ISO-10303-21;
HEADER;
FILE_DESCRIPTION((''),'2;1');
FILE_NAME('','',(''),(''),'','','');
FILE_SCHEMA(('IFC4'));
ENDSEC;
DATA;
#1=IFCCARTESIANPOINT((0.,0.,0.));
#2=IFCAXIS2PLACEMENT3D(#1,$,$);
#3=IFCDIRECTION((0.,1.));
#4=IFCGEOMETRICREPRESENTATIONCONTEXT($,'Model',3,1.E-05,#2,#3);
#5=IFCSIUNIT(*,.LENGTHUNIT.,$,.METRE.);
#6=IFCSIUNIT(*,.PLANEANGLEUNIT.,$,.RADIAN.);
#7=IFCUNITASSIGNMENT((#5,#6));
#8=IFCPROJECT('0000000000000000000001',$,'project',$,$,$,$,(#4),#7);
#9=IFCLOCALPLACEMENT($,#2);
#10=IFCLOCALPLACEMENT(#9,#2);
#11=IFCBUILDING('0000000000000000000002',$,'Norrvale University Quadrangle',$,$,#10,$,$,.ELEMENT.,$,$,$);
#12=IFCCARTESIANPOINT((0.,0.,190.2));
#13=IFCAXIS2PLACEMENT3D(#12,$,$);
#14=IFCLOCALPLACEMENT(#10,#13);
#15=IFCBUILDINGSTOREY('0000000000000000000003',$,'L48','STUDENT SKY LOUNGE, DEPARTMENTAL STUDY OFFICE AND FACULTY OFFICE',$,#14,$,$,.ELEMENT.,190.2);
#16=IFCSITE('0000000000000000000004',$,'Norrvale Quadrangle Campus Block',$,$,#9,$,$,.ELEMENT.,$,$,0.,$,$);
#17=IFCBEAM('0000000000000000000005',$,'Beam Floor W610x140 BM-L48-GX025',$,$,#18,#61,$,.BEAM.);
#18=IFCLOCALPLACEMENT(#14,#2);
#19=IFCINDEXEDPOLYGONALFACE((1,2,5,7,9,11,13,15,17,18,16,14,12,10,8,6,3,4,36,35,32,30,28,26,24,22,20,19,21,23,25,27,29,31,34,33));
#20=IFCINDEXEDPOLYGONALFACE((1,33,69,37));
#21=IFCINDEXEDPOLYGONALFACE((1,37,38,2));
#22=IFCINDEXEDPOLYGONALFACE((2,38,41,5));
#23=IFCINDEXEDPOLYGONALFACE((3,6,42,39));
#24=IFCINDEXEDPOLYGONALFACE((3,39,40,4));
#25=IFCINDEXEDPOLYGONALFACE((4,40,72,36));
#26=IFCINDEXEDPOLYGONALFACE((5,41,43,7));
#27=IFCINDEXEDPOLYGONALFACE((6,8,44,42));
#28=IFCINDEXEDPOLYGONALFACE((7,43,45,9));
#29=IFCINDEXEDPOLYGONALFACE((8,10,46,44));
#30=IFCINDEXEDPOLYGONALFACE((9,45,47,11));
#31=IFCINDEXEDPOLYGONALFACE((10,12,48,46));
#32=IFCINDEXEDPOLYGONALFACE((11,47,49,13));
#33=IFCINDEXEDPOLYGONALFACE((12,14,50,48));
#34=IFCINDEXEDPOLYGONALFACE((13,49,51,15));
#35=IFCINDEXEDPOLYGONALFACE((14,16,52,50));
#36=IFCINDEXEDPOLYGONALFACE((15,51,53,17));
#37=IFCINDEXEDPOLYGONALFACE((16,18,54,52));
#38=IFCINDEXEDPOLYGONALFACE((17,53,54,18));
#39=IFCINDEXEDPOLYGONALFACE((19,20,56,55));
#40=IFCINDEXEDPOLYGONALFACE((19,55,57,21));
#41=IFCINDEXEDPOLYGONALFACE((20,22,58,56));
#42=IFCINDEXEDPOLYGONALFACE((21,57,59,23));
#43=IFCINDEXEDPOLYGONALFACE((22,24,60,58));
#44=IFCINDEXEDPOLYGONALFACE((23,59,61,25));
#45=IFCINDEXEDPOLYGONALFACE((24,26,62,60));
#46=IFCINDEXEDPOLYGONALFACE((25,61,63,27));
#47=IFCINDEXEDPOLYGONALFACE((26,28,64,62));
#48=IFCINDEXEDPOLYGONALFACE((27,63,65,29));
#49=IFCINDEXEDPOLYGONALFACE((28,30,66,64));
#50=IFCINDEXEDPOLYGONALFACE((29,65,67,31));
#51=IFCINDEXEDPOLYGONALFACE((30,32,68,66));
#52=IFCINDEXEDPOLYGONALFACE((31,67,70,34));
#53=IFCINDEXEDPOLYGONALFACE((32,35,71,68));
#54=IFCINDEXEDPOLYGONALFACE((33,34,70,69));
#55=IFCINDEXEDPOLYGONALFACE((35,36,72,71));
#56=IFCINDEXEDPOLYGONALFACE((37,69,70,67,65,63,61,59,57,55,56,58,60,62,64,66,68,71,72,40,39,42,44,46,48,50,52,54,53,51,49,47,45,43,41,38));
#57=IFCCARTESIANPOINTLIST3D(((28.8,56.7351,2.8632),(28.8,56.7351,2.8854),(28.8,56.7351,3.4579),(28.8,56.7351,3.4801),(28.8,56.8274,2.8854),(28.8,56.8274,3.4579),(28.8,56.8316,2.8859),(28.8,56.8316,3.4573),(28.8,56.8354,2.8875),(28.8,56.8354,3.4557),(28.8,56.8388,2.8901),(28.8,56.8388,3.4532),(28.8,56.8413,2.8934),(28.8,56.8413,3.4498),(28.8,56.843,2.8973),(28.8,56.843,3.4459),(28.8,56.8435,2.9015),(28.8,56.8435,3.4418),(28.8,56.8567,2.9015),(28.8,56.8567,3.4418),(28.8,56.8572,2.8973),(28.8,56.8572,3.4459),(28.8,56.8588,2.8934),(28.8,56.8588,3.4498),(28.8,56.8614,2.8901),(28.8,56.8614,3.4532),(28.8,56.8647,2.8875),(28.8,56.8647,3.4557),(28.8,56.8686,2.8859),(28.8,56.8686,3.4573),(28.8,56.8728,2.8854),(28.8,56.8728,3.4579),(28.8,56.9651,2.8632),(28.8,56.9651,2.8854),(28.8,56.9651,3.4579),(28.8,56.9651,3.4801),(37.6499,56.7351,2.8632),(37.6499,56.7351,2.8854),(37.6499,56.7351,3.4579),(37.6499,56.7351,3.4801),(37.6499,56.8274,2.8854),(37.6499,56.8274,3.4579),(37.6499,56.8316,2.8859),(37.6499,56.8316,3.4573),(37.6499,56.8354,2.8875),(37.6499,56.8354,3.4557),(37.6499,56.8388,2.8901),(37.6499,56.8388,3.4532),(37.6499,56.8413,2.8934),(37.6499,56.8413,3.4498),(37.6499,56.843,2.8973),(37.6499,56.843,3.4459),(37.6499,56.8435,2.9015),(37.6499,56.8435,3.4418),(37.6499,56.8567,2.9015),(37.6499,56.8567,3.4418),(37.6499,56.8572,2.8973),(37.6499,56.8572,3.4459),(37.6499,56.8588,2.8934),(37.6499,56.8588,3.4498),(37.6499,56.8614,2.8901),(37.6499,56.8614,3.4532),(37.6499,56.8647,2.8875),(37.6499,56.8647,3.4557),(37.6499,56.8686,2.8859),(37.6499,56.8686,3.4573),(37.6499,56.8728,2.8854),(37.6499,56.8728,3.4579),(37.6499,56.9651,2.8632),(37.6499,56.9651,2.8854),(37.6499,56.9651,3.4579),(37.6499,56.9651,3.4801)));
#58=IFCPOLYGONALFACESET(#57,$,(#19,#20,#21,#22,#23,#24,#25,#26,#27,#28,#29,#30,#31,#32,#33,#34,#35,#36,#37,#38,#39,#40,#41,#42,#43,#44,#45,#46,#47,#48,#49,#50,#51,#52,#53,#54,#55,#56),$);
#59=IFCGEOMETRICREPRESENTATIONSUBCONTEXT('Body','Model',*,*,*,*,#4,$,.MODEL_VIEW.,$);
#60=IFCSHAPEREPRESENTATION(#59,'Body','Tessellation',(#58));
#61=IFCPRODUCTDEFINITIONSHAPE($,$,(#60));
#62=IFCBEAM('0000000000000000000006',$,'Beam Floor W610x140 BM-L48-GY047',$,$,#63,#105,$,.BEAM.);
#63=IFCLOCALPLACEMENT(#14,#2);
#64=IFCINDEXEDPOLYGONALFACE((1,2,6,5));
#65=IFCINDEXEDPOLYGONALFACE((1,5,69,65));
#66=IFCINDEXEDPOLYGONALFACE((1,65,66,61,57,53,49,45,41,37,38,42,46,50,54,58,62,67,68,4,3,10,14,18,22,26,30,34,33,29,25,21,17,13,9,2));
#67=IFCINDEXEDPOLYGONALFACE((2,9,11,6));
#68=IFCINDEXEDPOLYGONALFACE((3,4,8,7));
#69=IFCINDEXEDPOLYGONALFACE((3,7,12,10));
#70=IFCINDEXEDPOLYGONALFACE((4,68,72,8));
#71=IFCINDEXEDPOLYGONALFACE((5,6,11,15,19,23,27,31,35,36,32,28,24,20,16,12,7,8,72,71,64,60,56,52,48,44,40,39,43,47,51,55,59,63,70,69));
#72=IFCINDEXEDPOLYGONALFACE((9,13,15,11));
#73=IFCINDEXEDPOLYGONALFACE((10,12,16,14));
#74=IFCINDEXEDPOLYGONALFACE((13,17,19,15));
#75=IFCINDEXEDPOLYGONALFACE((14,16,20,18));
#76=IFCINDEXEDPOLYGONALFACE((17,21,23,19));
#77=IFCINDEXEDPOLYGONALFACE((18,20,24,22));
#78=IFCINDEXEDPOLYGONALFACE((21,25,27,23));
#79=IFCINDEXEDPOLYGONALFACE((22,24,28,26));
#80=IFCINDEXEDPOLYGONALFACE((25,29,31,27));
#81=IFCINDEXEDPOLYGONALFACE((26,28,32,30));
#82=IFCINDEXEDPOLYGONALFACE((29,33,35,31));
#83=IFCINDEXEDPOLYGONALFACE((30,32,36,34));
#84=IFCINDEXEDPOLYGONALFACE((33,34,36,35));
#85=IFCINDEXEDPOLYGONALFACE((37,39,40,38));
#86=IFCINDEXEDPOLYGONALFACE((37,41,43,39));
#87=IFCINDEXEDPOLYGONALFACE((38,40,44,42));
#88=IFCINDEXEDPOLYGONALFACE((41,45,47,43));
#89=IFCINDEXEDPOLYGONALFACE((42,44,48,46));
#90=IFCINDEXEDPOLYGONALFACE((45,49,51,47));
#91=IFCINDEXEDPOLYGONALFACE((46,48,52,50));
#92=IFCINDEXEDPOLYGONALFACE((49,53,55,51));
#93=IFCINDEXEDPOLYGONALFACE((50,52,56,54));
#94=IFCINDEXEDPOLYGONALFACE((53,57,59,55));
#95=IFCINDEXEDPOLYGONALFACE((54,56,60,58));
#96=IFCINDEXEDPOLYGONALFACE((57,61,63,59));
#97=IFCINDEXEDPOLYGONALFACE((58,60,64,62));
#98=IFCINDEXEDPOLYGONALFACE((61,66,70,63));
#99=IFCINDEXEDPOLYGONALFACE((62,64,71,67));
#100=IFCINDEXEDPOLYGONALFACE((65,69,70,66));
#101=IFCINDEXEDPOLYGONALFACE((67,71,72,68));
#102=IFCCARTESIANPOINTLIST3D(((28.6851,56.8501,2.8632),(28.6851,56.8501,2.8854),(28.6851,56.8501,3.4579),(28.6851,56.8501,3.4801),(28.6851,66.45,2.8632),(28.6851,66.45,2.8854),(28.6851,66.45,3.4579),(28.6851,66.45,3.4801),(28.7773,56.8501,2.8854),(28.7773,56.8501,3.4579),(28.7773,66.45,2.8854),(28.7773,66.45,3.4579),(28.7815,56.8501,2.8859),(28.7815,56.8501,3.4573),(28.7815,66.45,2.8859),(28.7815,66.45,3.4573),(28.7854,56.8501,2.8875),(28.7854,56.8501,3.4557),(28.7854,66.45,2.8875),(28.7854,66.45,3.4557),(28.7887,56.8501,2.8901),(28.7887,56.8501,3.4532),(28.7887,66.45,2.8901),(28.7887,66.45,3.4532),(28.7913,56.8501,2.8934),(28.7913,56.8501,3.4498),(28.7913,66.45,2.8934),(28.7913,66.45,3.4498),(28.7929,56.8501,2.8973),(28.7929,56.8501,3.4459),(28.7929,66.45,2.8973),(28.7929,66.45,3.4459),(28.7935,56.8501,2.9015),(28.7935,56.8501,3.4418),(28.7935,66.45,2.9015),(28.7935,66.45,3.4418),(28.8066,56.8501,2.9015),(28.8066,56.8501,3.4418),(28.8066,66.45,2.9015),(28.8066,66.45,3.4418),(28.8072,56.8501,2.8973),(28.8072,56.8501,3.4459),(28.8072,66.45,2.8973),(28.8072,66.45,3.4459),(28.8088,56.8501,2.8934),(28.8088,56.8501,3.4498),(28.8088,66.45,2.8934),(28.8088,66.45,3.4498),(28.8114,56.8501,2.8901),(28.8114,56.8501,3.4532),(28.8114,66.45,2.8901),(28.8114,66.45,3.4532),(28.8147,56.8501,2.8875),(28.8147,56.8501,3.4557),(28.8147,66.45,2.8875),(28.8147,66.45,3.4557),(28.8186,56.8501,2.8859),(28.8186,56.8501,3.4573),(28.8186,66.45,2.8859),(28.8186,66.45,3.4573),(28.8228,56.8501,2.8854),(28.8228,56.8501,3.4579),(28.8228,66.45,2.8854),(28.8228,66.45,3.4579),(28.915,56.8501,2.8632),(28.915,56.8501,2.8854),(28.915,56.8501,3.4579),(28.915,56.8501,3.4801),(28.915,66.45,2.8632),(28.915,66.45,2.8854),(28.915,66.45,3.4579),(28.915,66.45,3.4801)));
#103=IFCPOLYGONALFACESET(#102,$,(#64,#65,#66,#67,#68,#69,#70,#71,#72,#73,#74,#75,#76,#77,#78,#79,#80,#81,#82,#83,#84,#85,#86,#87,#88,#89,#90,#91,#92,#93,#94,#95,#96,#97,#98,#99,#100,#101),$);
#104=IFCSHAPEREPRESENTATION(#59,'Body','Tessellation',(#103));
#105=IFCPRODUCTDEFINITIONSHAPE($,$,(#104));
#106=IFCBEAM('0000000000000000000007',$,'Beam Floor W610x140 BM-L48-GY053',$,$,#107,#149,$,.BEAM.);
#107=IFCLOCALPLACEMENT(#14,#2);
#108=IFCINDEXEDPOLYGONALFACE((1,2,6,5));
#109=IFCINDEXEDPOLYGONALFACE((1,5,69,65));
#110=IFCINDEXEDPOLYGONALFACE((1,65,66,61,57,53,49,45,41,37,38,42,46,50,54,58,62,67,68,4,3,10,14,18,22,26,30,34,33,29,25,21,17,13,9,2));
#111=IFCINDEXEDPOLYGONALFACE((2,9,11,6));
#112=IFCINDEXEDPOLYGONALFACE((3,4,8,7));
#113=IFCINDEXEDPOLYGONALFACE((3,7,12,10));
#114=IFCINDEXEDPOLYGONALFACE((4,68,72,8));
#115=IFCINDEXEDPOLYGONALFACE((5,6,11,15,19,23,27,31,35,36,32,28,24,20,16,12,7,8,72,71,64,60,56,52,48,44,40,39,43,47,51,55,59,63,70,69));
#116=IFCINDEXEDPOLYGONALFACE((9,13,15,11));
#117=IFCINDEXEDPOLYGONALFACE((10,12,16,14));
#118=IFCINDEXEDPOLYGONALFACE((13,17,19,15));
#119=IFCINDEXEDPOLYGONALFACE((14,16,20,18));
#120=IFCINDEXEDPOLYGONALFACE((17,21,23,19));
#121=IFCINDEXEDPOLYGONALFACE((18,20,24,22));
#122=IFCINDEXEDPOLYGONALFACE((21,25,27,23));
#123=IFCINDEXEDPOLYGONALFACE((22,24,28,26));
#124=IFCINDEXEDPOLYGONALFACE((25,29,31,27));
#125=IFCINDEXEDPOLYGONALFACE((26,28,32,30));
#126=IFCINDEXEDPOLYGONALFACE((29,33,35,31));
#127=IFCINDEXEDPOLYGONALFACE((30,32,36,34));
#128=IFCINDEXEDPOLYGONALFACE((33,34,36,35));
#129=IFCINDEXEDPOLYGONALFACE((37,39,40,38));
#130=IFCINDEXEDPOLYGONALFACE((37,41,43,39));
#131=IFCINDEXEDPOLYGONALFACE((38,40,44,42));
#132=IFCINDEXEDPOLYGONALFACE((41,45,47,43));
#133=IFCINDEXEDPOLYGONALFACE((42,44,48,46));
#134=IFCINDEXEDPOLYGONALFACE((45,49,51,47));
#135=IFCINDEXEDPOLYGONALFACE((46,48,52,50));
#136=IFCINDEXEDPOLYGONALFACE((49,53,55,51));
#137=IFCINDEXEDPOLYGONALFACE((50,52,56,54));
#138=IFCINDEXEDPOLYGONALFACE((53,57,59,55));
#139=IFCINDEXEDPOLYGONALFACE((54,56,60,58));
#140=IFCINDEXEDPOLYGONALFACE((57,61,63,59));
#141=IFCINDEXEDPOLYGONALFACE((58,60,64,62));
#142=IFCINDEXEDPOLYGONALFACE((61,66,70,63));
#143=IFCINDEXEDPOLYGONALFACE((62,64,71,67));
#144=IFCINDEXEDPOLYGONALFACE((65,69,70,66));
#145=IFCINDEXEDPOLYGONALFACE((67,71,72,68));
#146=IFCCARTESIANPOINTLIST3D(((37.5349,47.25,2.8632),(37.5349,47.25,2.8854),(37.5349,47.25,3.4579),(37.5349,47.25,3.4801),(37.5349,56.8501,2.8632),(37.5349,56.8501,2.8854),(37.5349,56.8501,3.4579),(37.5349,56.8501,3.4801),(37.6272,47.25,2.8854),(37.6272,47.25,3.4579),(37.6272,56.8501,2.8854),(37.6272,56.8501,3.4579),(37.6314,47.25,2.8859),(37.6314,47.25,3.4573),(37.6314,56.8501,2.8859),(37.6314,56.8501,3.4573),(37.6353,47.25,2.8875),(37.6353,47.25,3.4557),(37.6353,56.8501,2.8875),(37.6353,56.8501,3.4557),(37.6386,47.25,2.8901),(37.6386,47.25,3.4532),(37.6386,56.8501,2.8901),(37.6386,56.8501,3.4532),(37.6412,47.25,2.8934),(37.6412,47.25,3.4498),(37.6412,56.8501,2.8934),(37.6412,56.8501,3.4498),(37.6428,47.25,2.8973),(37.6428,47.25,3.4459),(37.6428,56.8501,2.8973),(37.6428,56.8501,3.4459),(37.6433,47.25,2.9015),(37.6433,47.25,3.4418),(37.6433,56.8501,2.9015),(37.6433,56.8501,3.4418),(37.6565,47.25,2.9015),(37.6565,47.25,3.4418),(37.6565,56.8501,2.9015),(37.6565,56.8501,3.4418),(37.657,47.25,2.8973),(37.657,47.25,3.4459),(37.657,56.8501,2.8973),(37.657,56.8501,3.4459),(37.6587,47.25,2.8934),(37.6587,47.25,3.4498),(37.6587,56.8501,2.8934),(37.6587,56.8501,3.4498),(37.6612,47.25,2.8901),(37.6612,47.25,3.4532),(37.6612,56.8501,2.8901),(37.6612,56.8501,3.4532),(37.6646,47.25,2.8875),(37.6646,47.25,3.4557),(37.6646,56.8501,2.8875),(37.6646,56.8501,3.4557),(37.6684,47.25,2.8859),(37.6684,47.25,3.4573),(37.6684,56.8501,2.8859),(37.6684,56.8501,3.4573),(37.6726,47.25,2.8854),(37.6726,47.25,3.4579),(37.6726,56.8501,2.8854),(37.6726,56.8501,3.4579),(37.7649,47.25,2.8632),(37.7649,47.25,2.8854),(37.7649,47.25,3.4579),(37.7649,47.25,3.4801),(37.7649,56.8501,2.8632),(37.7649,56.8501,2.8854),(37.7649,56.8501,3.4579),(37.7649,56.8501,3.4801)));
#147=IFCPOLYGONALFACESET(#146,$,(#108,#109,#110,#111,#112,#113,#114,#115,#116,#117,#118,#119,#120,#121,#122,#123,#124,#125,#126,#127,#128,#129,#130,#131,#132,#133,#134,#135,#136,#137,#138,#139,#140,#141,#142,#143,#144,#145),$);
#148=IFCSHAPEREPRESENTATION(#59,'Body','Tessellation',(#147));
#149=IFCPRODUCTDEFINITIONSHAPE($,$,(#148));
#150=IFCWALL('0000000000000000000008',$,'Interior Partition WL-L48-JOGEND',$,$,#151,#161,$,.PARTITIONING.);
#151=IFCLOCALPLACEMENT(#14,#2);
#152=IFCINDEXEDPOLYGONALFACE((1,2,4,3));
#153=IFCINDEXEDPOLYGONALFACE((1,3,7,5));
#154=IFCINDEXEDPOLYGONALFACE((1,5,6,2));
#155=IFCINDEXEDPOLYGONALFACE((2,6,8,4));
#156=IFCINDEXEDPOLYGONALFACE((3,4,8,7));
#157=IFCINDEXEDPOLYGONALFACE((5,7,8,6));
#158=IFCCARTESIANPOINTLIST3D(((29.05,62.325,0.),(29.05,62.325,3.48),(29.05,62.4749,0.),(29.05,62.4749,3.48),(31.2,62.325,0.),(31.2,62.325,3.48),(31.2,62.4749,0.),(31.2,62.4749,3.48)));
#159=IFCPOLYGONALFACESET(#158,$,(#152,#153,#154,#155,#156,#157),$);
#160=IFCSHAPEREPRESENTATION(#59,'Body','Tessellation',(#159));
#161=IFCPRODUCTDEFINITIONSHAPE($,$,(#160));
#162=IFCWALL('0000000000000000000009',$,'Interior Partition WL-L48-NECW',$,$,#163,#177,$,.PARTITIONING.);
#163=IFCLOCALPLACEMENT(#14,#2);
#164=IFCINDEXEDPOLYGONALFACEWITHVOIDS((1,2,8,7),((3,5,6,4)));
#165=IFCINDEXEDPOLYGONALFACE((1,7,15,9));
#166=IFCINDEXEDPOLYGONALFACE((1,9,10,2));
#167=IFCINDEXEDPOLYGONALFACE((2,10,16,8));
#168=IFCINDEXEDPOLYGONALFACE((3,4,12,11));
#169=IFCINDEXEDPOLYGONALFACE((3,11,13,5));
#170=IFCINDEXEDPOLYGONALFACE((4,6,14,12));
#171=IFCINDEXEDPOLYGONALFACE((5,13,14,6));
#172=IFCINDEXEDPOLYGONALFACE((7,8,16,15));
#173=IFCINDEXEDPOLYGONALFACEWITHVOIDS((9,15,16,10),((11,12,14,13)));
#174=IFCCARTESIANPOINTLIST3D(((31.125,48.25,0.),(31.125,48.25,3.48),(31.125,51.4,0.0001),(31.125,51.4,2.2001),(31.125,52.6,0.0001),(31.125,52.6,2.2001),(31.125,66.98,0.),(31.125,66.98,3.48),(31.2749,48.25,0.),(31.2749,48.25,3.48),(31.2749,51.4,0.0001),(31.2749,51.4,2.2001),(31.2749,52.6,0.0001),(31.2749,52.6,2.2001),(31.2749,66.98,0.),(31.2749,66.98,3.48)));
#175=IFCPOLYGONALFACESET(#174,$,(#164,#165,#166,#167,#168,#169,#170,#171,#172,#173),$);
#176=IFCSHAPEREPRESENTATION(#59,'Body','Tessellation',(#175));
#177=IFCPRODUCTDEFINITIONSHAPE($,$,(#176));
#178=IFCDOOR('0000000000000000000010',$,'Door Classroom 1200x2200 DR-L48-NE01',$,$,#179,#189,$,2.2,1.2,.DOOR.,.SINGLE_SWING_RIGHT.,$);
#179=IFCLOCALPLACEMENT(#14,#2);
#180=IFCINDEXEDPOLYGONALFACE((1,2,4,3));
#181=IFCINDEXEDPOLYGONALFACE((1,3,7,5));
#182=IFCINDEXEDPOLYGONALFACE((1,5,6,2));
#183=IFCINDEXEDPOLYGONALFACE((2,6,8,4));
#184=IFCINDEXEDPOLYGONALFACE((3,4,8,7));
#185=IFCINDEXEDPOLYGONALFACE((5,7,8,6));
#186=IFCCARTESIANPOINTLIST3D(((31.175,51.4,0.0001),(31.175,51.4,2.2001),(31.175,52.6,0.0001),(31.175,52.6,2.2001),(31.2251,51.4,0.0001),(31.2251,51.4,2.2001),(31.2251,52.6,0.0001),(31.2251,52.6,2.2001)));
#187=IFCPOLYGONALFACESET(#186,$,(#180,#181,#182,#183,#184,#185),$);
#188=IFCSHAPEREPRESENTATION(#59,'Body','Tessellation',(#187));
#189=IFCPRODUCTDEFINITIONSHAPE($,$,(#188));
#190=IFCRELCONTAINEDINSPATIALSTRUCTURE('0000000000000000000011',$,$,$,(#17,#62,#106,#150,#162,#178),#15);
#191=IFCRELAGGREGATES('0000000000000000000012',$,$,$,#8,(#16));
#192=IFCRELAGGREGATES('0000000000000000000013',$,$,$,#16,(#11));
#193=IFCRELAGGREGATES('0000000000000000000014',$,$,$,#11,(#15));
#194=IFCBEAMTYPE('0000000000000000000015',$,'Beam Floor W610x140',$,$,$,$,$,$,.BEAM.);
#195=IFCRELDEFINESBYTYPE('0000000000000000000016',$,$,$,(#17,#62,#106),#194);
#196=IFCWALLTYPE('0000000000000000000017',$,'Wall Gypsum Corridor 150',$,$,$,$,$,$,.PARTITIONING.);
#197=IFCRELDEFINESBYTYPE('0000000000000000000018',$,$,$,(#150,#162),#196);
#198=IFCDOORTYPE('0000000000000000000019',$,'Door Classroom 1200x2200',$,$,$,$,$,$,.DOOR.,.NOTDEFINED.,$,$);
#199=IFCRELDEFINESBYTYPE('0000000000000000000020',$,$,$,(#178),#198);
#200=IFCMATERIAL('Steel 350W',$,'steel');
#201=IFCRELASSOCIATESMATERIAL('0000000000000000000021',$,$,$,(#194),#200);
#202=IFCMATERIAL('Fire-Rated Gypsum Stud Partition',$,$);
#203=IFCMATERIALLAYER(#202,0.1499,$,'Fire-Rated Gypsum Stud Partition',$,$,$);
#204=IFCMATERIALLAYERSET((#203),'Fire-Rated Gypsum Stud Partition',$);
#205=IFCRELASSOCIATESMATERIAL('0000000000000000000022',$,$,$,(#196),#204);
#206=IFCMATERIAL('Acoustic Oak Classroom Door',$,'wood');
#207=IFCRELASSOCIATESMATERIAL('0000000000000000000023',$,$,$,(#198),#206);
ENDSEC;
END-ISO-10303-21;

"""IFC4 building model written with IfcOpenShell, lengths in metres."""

from ifc_helpers import new_model, si_unit, direction, frame, frame_2d, origin, origin_2d, place, context, subcontext, project, spatial, rectangle, i_section, extrude, material, layer, layer_set, material_profile, profile_set, type_object, element, fill, save


model = new_model("IFC4")

# Units and contexts
model_context = context("Model", 3, precision=1e-05, world=origin(), true_north=direction((0.0, 1.0)))
body_context = subcontext(model_context, "Body", "Model", "MODEL_VIEW")
ifc_project = project(units=[si_unit("LENGTHUNIT", "METRE"), si_unit("PLANEANGLEUNIT", "RADIAN")], contexts=[model_context])

# Site, building, storey
site_placement = place(None, origin())
site = spatial("IfcSite", under=ifc_project, at=site_placement, Name="Norrvale Quadrangle Campus Block", CompositionType="ELEMENT", RefElevation=0.0)
building_placement = place(site_placement, origin())
building = spatial("IfcBuilding", under=site, at=building_placement, Name="Norrvale University Quadrangle", CompositionType="ELEMENT")
storey_placement = place(building_placement, frame((0.0, 0.0, 190.2)))
storey = spatial("IfcBuildingStorey", under=building, at=storey_placement, Name="L48", Description="STUDENT SKY LOUNGE, DEPARTMENTAL STUDY OFFICE AND FACULTY OFFICE", CompositionType="ELEMENT", Elevation=190.2)

# Beams
ifc_material_1 = material(Name="Steel 350W", Category="steel")
ifc_material_profile_1 = material_profile(ifc_material_1, i_section(OverallWidth=0.23, OverallDepth=0.6169, WebThickness=0.0132, FlangeThickness=0.0222, FilletRadius=0.0161, at=origin_2d()), Name="Steel 350W")
ifc_profile_set_1 = profile_set([ifc_material_profile_1], Name="Steel 350W")
beam_type_1 = type_object("IfcBeamType", Name="Beam Floor W610x140", PredefinedType="BEAM", material=ifc_profile_set_1)
beam_1_placement = place(storey_placement, frame((28.8, 56.8501, 3.1716), z_axis=(1.0, 0.0, 0.0), x_axis=(0.0, 1.0, 0.0)))
element("IfcBeam", 1, at=beam_1_placement, inside=storey, type_object=beam_type_1, Name="Beam Floor W610x140 BM-L48-GX025", PredefinedType="BEAM", context=body_context, shape_type="SweptSolid", body=[
    extrude(i_section(OverallWidth=0.23, OverallDepth=0.6169, WebThickness=0.0132, FlangeThickness=0.0222, FilletRadius=0.0161, at=origin_2d()), origin(), (0.0, 0.0, 1.0), 8.8499),
])
beam_2_placement = place(storey_placement, frame((28.8, 56.8501, 3.1716), z_axis=(0.0, 1.0, 0.0), x_axis=(-1.0, 0.0, 0.0)))
element("IfcBeam", 2, at=beam_2_placement, inside=storey, type_object=beam_type_1, Name="Beam Floor W610x140 BM-L48-GY047", PredefinedType="BEAM", context=body_context, shape_type="SweptSolid", body=[
    extrude(i_section(OverallWidth=0.23, OverallDepth=0.6169, WebThickness=0.0132, FlangeThickness=0.0222, FilletRadius=0.0161, at=origin_2d()), origin(), (0.0, 0.0, 1.0), 9.5999),
])
beam_3_placement = place(storey_placement, frame((37.6499, 47.25, 3.1716), z_axis=(0.0, 1.0, 0.0), x_axis=(-1.0, 0.0, 0.0)))
element("IfcBeam", 3, at=beam_3_placement, inside=storey, type_object=beam_type_1, Name="Beam Floor W610x140 BM-L48-GY053", PredefinedType="BEAM", context=body_context, shape_type="SweptSolid", body=[
    extrude(i_section(OverallWidth=0.23, OverallDepth=0.6169, WebThickness=0.0132, FlangeThickness=0.0222, FilletRadius=0.0161, at=origin_2d()), origin(), (0.0, 0.0, 1.0), 9.6001),
])

# Wall
ifc_material_2 = material(Name="Fire-Rated Gypsum Stud Partition")
ifc_layer_1 = layer(ifc_material_2, 0.1499, Name="Fire-Rated Gypsum Stud Partition")
ifc_layer_set_1 = layer_set([ifc_layer_1], Name="Fire-Rated Gypsum Stud Partition")
wall_type_1 = type_object("IfcWallType", Name="Wall Gypsum Corridor 150", PredefinedType="PARTITIONING", material=ifc_layer_set_1)
wall_1_placement = place(storey_placement, frame((29.05, 62.3999, 0.0), z_axis=(0.0, 0.0, 1.0), x_axis=(1.0, 0.0, 0.0)))
element("IfcWall", 4, at=wall_1_placement, inside=storey, type_object=wall_type_1, Name="Interior Partition WL-L48-JOGEND", PredefinedType="PARTITIONING", context=body_context, shape_type="SweptSolid", body=[
    extrude(rectangle(XDim=2.1499, YDim=0.1499, at=frame_2d((1.075, 0.0))), origin(), (0.0, 0.0, 1.0), 3.48),
])

# Wall, opening, door
wall_2_placement = place(storey_placement, frame((31.2, 48.25, 0.0), z_axis=(0.0, 0.0, 1.0), x_axis=(0.0, 1.0, 0.0)))
wall_2 = element("IfcWall", 5, at=wall_2_placement, inside=storey, type_object=wall_type_1, Name="Interior Partition WL-L48-NECW", PredefinedType="PARTITIONING", context=body_context, shape_type="SweptSolid", body=[
    extrude(rectangle(XDim=18.73, YDim=0.1499, at=frame_2d((9.365, 0.0))), origin(), (0.0, 0.0, 1.0), 3.48),
])
opening_1_placement = place(wall_2_placement, frame((3.1499, 0.0, 0.0)))
opening_1 = element("IfcOpeningElement", 6, at=opening_1_placement, cuts=wall_2, PredefinedType="OPENING", context=body_context, shape_type="SweptSolid", body=[
    extrude(rectangle(XDim=1.2, YDim=2.2, at=frame_2d((0.6001, 1.1001))), frame((0.0, 0.0869, 0.0), z_axis=(0.0, -1.0, 0.0), x_axis=(1.0, 0.0, 0.0)), (0.0, 0.0, 1.0), 0.1738),
])
ifc_material_3 = material(Name="Acoustic Oak Classroom Door", Category="wood")
door_type_1 = type_object("IfcDoorType", Name="Door Classroom 1200x2200", OperationType="NOTDEFINED", PredefinedType="DOOR", material=ifc_material_3)
door_1_placement = place(opening_1_placement, origin())
door_1 = element("IfcDoor", 7, at=door_1_placement, inside=storey, type_object=door_type_1, Name="Door Classroom 1200x2200 DR-L48-NE01", OperationType="SINGLE_SWING_RIGHT", OverallHeight=2.2, OverallWidth=1.2, PredefinedType="DOOR", context=body_context, shape_type="SweptSolid", body=[
    extrude(rectangle(XDim=1.2, YDim=2.2, at=frame_2d((0.6001, 1.1001))), frame((0.0, 0.0249, 0.0), z_axis=(0.0, -1.0, 0.0), x_axis=(1.0, 0.0, 0.0)), (0.0, 0.0, 1.0), 0.05),
])
fill(opening_1, door_1)

save(model, "model.ifc")
